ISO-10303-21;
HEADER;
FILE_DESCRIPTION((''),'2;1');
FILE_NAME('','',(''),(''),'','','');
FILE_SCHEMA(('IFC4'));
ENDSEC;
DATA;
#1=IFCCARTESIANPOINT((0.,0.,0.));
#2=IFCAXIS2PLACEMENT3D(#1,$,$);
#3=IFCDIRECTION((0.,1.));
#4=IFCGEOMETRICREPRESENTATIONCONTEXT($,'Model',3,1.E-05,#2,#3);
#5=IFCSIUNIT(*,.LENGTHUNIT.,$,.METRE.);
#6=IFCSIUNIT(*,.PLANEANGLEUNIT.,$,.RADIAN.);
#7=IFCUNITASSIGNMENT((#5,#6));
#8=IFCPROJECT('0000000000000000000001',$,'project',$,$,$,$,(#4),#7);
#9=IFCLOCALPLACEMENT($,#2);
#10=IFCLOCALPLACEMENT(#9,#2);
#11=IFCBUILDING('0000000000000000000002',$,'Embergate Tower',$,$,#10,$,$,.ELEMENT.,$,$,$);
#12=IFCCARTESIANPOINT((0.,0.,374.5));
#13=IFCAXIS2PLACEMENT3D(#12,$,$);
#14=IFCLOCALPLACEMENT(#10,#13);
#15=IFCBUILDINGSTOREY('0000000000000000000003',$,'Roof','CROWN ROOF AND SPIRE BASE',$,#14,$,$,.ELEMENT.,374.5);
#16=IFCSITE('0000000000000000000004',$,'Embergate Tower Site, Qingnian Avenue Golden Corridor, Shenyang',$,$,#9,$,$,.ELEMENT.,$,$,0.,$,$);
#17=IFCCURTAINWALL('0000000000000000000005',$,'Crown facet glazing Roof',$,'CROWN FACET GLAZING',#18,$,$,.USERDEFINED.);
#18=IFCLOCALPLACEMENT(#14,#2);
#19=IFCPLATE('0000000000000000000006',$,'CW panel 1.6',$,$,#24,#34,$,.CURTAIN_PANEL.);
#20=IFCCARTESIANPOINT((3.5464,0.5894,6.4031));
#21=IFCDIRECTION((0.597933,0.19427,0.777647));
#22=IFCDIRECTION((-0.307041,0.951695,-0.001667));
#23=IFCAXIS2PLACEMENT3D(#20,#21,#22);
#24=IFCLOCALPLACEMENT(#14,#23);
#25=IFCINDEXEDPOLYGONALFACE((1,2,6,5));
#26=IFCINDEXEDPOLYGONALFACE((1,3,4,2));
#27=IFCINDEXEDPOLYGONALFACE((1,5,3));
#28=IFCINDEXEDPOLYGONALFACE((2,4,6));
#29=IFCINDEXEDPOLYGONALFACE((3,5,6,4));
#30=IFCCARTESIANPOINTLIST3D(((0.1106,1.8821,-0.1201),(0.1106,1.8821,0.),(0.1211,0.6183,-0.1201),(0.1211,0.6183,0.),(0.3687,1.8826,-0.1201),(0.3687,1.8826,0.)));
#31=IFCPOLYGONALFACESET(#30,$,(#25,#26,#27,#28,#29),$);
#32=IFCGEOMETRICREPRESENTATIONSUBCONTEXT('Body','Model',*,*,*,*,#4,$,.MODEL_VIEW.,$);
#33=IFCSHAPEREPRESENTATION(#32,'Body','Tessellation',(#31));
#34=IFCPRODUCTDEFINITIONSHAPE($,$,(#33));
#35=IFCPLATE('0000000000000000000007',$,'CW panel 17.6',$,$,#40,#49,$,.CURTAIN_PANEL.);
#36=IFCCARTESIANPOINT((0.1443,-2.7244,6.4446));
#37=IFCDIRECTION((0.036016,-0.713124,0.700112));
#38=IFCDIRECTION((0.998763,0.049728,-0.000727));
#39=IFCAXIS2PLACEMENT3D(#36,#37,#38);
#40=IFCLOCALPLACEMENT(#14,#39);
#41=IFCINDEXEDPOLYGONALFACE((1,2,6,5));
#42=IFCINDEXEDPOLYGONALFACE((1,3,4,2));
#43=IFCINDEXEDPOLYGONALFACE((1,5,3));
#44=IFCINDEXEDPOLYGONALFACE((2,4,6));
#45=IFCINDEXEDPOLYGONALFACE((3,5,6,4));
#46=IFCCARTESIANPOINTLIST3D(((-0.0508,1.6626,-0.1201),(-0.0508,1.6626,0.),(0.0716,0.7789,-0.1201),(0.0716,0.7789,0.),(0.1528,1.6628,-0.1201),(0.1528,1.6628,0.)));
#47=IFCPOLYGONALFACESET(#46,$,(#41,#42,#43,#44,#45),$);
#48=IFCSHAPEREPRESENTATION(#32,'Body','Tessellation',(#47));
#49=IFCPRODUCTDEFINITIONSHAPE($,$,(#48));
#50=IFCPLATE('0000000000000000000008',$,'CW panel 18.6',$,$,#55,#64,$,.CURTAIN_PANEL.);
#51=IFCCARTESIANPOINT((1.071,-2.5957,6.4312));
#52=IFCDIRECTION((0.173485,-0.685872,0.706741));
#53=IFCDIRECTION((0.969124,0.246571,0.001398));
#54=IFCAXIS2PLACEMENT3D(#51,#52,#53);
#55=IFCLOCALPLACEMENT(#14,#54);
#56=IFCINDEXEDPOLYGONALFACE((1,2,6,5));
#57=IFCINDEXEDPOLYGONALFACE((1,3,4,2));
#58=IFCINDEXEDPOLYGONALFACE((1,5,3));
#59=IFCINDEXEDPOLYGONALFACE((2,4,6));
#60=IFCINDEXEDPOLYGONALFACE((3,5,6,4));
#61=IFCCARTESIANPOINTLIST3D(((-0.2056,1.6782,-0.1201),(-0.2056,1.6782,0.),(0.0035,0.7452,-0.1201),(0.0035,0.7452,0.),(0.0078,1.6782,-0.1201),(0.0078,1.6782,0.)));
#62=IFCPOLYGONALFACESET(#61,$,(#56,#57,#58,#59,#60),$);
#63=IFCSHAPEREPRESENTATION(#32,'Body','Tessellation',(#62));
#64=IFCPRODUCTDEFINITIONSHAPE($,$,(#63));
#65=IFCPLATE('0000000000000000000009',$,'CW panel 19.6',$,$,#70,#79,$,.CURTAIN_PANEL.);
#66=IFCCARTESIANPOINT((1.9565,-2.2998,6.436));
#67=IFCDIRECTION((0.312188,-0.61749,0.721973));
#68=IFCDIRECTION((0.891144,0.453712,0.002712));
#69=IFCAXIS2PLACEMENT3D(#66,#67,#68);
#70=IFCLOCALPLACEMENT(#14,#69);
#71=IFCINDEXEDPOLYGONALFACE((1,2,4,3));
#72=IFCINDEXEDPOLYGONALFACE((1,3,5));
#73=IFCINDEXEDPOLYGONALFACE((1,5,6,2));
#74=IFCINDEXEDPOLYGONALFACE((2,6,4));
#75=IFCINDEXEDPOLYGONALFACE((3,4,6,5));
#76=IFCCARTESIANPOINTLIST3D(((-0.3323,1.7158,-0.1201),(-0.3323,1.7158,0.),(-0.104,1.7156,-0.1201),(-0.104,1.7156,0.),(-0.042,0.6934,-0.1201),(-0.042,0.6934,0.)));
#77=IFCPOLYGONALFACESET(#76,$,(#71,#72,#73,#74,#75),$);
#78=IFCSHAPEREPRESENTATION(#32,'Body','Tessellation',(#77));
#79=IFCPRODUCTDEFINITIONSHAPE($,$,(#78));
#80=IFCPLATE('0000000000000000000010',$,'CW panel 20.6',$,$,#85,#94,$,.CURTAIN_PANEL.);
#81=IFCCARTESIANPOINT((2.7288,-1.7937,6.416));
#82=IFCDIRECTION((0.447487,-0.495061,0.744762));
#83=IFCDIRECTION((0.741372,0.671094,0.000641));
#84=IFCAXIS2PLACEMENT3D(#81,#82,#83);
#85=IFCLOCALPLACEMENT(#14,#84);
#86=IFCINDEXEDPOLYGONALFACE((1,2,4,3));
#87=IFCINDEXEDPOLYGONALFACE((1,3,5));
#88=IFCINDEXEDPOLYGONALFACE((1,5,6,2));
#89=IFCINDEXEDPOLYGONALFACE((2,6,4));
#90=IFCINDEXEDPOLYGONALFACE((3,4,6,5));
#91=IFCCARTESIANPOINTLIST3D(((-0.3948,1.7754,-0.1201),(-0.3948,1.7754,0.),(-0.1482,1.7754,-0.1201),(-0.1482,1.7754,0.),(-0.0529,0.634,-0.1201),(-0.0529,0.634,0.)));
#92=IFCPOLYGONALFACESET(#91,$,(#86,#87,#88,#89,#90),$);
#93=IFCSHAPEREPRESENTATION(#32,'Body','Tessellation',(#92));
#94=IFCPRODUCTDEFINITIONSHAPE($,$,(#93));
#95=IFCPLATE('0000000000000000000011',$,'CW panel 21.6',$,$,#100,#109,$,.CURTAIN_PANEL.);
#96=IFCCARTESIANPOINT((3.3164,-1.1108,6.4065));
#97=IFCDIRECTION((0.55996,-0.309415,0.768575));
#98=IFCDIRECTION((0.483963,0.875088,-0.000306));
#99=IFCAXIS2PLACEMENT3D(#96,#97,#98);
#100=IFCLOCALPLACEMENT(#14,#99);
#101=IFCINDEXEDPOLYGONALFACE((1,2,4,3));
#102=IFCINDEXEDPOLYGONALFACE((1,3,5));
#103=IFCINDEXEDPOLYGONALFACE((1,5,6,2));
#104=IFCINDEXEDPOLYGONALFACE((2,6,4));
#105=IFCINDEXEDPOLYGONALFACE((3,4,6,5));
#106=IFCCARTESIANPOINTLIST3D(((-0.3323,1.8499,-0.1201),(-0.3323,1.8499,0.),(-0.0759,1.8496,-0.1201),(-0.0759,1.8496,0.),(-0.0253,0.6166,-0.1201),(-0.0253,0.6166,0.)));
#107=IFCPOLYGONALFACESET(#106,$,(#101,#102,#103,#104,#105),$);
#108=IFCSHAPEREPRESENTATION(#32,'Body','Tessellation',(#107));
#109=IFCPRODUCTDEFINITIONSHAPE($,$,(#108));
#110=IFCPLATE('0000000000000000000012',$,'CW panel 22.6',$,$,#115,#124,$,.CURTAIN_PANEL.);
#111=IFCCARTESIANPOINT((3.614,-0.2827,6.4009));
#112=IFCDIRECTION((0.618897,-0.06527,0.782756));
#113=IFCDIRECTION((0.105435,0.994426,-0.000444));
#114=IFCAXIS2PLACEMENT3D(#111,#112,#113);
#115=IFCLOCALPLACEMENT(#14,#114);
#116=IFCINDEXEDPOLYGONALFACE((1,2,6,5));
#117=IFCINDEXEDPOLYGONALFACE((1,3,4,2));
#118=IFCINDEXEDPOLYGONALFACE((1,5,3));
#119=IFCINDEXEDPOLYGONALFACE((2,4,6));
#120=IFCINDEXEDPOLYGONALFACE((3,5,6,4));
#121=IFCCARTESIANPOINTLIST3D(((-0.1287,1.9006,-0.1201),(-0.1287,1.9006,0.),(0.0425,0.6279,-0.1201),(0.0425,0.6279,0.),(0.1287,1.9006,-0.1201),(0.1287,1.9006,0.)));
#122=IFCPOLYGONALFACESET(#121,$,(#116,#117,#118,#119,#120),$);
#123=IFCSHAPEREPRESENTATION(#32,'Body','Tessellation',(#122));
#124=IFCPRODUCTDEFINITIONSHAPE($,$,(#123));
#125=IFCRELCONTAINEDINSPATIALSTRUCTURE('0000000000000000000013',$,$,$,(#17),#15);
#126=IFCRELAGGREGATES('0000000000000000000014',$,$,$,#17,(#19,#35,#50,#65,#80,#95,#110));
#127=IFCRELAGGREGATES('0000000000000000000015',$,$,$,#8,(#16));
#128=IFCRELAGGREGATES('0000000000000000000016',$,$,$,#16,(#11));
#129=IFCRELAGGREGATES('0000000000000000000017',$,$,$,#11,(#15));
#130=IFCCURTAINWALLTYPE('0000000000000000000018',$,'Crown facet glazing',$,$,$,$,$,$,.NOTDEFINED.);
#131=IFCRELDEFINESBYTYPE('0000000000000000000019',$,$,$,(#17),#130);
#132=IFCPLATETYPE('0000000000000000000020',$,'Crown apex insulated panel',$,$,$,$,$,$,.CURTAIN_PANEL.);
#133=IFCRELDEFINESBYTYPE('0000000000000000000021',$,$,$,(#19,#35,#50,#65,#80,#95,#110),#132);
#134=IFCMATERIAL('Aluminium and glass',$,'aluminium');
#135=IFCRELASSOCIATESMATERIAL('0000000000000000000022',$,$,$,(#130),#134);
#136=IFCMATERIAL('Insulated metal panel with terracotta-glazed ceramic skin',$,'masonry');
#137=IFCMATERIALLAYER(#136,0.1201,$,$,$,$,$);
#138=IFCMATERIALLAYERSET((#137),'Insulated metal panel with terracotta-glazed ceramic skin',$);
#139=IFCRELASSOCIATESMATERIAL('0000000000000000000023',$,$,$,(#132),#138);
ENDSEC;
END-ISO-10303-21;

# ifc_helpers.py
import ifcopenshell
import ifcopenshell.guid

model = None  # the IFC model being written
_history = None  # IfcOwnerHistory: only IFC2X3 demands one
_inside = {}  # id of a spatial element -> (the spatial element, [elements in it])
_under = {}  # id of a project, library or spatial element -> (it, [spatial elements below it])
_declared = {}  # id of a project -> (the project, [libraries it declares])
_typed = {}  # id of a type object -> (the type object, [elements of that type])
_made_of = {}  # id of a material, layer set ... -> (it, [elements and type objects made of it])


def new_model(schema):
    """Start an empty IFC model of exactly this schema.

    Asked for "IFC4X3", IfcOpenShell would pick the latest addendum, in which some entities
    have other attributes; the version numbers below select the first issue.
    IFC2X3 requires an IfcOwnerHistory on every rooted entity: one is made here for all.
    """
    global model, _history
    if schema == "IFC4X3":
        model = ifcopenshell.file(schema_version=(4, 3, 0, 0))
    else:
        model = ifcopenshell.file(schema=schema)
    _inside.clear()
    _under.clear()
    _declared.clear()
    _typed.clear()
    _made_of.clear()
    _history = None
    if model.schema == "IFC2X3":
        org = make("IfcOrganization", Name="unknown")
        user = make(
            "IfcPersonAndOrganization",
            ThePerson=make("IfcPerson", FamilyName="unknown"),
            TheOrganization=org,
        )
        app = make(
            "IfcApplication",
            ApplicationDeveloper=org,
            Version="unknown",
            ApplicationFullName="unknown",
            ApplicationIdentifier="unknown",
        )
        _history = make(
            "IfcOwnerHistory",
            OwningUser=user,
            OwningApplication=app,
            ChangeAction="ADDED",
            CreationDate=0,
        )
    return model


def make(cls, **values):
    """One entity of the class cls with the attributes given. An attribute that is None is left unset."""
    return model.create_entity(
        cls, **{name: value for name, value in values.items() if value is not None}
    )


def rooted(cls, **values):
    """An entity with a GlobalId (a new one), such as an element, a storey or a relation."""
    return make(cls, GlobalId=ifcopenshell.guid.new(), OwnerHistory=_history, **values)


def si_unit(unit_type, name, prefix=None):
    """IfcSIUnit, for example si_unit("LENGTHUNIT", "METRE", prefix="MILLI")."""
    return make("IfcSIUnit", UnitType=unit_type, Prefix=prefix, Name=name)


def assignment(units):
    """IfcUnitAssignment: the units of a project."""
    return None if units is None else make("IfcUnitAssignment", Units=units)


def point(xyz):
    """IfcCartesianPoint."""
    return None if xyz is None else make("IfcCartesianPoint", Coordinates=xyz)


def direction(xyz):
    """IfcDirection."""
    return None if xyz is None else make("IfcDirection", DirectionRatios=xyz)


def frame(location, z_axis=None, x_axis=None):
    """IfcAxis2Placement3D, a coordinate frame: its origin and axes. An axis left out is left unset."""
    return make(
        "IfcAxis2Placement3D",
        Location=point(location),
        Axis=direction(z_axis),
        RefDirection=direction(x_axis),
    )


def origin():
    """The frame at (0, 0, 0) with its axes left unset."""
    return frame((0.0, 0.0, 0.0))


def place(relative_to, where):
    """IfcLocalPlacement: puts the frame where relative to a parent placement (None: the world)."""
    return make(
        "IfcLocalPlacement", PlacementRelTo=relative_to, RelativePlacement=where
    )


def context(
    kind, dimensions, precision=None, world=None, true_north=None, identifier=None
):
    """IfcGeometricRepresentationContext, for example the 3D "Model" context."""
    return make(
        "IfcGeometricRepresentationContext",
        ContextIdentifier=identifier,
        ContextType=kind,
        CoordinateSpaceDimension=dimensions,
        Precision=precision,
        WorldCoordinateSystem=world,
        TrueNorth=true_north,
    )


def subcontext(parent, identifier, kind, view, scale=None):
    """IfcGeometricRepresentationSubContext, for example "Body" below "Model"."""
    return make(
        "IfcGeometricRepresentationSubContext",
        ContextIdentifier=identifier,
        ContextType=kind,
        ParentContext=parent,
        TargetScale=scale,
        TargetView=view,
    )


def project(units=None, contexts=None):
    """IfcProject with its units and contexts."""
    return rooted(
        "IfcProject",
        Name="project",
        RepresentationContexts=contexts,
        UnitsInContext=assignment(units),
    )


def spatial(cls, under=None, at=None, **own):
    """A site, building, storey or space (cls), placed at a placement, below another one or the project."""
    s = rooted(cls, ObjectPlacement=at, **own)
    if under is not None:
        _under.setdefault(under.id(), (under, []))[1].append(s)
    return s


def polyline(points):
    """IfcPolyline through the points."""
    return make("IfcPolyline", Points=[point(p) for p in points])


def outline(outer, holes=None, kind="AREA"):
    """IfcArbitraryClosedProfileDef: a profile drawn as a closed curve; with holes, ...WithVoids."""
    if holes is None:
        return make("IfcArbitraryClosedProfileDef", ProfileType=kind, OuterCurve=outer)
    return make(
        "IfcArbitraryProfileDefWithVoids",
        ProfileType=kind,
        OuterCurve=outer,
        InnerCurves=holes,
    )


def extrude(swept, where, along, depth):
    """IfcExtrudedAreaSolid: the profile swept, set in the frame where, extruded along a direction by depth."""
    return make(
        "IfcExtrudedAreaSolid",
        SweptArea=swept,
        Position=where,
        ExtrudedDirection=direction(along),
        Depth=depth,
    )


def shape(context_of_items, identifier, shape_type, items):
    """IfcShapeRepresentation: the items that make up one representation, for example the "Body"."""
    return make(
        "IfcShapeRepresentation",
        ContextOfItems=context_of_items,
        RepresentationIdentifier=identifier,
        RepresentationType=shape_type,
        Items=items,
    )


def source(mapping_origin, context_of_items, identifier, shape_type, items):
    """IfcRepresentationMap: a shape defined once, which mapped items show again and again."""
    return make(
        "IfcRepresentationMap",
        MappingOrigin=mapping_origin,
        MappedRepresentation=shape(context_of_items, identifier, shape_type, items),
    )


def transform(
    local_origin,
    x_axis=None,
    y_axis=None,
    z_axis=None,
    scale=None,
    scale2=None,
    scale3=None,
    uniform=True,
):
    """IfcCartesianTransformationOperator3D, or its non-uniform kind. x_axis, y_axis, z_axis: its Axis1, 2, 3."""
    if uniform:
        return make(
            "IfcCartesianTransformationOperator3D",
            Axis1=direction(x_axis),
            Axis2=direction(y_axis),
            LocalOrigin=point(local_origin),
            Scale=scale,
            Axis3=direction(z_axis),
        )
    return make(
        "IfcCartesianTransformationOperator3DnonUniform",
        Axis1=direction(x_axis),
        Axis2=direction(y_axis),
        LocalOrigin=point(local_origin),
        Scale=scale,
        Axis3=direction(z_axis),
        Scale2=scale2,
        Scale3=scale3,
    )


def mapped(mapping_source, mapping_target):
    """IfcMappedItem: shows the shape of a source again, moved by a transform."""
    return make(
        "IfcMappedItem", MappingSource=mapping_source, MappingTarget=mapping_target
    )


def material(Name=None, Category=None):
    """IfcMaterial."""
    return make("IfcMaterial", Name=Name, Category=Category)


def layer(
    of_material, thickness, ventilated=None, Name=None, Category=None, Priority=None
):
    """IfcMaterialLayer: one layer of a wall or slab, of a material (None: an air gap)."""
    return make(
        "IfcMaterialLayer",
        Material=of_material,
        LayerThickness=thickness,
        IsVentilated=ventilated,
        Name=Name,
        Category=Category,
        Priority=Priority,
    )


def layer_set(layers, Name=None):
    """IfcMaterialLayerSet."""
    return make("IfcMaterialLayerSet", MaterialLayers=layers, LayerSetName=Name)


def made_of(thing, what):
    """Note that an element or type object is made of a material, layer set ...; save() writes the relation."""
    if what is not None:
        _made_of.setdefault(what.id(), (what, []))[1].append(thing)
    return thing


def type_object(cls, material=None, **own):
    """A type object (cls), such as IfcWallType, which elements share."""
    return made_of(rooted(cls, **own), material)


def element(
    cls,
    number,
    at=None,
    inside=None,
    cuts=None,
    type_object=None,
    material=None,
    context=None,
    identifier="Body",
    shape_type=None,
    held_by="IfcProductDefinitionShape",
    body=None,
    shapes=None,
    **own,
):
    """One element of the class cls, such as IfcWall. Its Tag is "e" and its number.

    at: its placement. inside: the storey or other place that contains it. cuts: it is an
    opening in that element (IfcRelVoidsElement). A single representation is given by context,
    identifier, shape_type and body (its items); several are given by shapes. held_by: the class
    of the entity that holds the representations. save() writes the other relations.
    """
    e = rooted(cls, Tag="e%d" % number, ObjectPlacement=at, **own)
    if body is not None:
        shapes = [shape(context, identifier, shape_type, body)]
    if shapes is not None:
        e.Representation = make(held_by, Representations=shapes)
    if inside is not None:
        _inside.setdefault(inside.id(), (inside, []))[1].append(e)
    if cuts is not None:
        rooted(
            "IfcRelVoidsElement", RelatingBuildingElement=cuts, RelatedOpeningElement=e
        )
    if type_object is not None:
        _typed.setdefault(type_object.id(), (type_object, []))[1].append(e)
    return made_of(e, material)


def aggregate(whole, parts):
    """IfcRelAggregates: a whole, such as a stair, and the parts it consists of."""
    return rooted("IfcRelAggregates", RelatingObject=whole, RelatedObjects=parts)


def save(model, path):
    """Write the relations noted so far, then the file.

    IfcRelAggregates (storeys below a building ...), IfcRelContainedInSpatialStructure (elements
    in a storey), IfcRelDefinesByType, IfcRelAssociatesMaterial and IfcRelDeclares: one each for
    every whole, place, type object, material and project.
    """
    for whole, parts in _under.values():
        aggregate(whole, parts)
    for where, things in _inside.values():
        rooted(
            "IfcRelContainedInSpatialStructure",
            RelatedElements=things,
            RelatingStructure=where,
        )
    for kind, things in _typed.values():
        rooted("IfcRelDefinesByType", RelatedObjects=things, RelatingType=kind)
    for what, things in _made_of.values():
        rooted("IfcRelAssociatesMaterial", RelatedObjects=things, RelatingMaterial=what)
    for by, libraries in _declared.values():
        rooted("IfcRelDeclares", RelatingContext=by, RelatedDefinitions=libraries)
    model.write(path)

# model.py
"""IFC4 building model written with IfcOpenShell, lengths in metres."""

from ifc_helpers import new_model, si_unit, direction, frame, origin, place, context, subcontext, project, spatial, polyline, outline, extrude, source, transform, mapped, material, layer, layer_set, type_object, element, aggregate, save


model = new_model("IFC4")

# Units and contexts
model_context = context("Model", 3, precision=1e-05, world=origin(), true_north=direction((0.0, 1.0)))
body_context = subcontext(model_context, "Body", "Model", "MODEL_VIEW")
ifc_project = project(units=[si_unit("LENGTHUNIT", "METRE"), si_unit("PLANEANGLEUNIT", "RADIAN")], contexts=[model_context])

# Site, building, storey
site_placement = place(None, origin())
site = spatial("IfcSite", under=ifc_project, at=site_placement, Name="Embergate Tower Site, Qingnian Avenue Golden Corridor, Shenyang", CompositionType="ELEMENT", RefElevation=0.0)
building_placement = place(site_placement, origin())
building = spatial("IfcBuilding", under=site, at=building_placement, Name="Embergate Tower", CompositionType="ELEMENT")
storey_placement = place(building_placement, frame((0.0, 0.0, 374.5)))
storey = spatial("IfcBuildingStorey", under=building, at=storey_placement, Name="Roof", Description="CROWN ROOF AND SPIRE BASE", CompositionType="ELEMENT", Elevation=374.5)

# Curtain wall, plates
ifc_material_1 = material(Name="Aluminium and glass", Category="aluminium")
curtain_wall_type = type_object("IfcCurtainWallType", Name="Crown facet glazing", PredefinedType="NOTDEFINED", material=ifc_material_1)
curtain_wall_placement = place(storey_placement, origin())
curtain_wall = element("IfcCurtainWall", 1, at=curtain_wall_placement, inside=storey, type_object=curtain_wall_type, Name="Crown facet glazing Roof", ObjectType="CROWN FACET GLAZING", PredefinedType="USERDEFINED")
ifc_material_2 = material(Name="Insulated metal panel with terracotta-glazed ceramic skin", Category="masonry")
ifc_layer = layer(ifc_material_2, 0.1201)
ifc_layer_set = layer_set([ifc_layer], Name="Insulated metal panel with terracotta-glazed ceramic skin")
plate_type = type_object("IfcPlateType", Name="Crown apex insulated panel", PredefinedType="CURTAIN_PANEL", material=ifc_layer_set)
shared_shape_1 = source(origin(), body_context, "Body", "SweptSolid", [
    extrude(outline(polyline([(0.0, 0.0), (0.1262, 0.0), (0.1106, 1.8821), (0.3687, 1.8826), (0.0, 0.0)])), origin(), (0.0, 0.0, -1.0), 0.1201),
])
plate_1_placement = place(storey_placement, frame((3.5464, 0.5894, 6.4031), z_axis=(0.597933, 0.19427, 0.777647), x_axis=(-0.307041, 0.951695, -0.001667)))
plate_1 = element("IfcPlate", 2, at=plate_1_placement, type_object=plate_type, Name="CW panel 1.6", PredefinedType="CURTAIN_PANEL", context=body_context, shape_type="MappedRepresentation", body=[
    mapped(shared_shape_1, transform((0.0, 0.0, 0.0))),
])
shared_shape_2 = source(origin(), body_context, "Body", "SweptSolid", [
    extrude(outline(polyline([(0.0, 0.0), (0.1794, 0.0), (-0.0508, 1.6626), (0.1528, 1.6628), (0.0, 0.0)])), origin(), (0.0, 0.0, -1.0), 0.1201),
])
plate_2_placement = place(storey_placement, frame((0.1443, -2.7244, 6.4446), z_axis=(0.036016, -0.713124, 0.700112), x_axis=(0.998763, 0.049728, -0.000727)))
plate_2 = element("IfcPlate", 3, at=plate_2_placement, type_object=plate_type, Name="CW panel 17.6", PredefinedType="CURTAIN_PANEL", context=body_context, shape_type="MappedRepresentation", body=[
    mapped(shared_shape_2, transform((0.0, 0.0, 0.0))),
])
shared_shape_3 = source(origin(), body_context, "Body", "SweptSolid", [
    extrude(outline(polyline([(0.0, 0.0), (0.1704, 0.0), (-0.2056, 1.6782), (0.0078, 1.6782), (0.0, 0.0)])), origin(), (0.0, 0.0, -1.0), 0.1201),
])
plate_3_placement = place(storey_placement, frame((1.071, -2.5957, 6.4312), z_axis=(0.173485, -0.685872, 0.706741), x_axis=(0.969124, 0.246571, 0.001398)))
plate_3 = element("IfcPlate", 4, at=plate_3_placement, type_object=plate_type, Name="CW panel 18.6", PredefinedType="CURTAIN_PANEL", context=body_context, shape_type="MappedRepresentation", body=[
    mapped(shared_shape_3, transform((0.0, 0.0, 0.0))),
])
shared_shape_4 = source(origin(), body_context, "Body", "SweptSolid", [
    extrude(outline(polyline([(0.0, 0.0), (0.1548, 0.0), (-0.3323, 1.7158), (-0.104, 1.7156), (0.0, 0.0)])), origin(), (0.0, 0.0, -1.0), 0.1201),
])
plate_4_placement = place(storey_placement, frame((1.9565, -2.2998, 6.436), z_axis=(0.312188, -0.61749, 0.721973), x_axis=(0.891144, 0.453712, 0.002712)))
plate_4 = element("IfcPlate", 5, at=plate_4_placement, type_object=plate_type, Name="CW panel 19.6", PredefinedType="CURTAIN_PANEL", context=body_context, shape_type="MappedRepresentation", body=[
    mapped(shared_shape_4, transform((0.0, 0.0, 0.0))),
])
shared_shape_5 = source(origin(), body_context, "Body", "SweptSolid", [
    extrude(outline(polyline([(0.0, 0.0), (0.137, 0.0), (-0.3948, 1.7754), (-0.1482, 1.7754), (0.0, 0.0)])), origin(), (0.0, 0.0, -1.0), 0.1201),
])
plate_5_placement = place(storey_placement, frame((2.7288, -1.7937, 6.416), z_axis=(0.447487, -0.495061, 0.744762), x_axis=(0.741372, 0.671094, 0.000641)))
plate_5 = element("IfcPlate", 6, at=plate_5_placement, type_object=plate_type, Name="CW panel 20.6", PredefinedType="CURTAIN_PANEL", context=body_context, shape_type="MappedRepresentation", body=[
    mapped(shared_shape_5, transform((0.0, 0.0, 0.0))),
])
shared_shape_6 = source(origin(), body_context, "Body", "SweptSolid", [
    extrude(outline(polyline([(0.0, 0.0), (0.1282, 0.0), (-0.3323, 1.8499), (-0.0759, 1.8496), (0.0, 0.0)])), origin(), (0.0, 0.0, -1.0), 0.1201),
])
plate_6_placement = place(storey_placement, frame((3.3164, -1.1108, 6.4065), z_axis=(0.55996, -0.309415, 0.768575), x_axis=(0.483963, 0.875088, -0.000306)))
plate_6 = element("IfcPlate", 7, at=plate_6_placement, type_object=plate_type, Name="CW panel 21.6", PredefinedType="CURTAIN_PANEL", context=body_context, shape_type="MappedRepresentation", body=[
    mapped(shared_shape_6, transform((0.0, 0.0, 0.0))),
])
shared_shape_7 = source(origin(), body_context, "Body", "SweptSolid", [
    extrude(outline(polyline([(0.0, 0.0), (0.127, 0.0), (-0.1287, 1.9006), (0.1287, 1.9006), (0.0, 0.0)])), origin(), (0.0, 0.0, -1.0), 0.1201),
])
plate_7_placement = place(storey_placement, frame((3.614, -0.2827, 6.4009), z_axis=(0.618897, -0.06527, 0.782756), x_axis=(0.105435, 0.994426, -0.000444)))
plate_7 = element("IfcPlate", 8, at=plate_7_placement, type_object=plate_type, Name="CW panel 22.6", PredefinedType="CURTAIN_PANEL", context=body_context, shape_type="MappedRepresentation", body=[
    mapped(shared_shape_7, transform((0.0, 0.0, 0.0))),
])
aggregate(curtain_wall, [plate_1, plate_2, plate_3, plate_4, plate_5, plate_6, plate_7])

save(model, "model.ifc")
